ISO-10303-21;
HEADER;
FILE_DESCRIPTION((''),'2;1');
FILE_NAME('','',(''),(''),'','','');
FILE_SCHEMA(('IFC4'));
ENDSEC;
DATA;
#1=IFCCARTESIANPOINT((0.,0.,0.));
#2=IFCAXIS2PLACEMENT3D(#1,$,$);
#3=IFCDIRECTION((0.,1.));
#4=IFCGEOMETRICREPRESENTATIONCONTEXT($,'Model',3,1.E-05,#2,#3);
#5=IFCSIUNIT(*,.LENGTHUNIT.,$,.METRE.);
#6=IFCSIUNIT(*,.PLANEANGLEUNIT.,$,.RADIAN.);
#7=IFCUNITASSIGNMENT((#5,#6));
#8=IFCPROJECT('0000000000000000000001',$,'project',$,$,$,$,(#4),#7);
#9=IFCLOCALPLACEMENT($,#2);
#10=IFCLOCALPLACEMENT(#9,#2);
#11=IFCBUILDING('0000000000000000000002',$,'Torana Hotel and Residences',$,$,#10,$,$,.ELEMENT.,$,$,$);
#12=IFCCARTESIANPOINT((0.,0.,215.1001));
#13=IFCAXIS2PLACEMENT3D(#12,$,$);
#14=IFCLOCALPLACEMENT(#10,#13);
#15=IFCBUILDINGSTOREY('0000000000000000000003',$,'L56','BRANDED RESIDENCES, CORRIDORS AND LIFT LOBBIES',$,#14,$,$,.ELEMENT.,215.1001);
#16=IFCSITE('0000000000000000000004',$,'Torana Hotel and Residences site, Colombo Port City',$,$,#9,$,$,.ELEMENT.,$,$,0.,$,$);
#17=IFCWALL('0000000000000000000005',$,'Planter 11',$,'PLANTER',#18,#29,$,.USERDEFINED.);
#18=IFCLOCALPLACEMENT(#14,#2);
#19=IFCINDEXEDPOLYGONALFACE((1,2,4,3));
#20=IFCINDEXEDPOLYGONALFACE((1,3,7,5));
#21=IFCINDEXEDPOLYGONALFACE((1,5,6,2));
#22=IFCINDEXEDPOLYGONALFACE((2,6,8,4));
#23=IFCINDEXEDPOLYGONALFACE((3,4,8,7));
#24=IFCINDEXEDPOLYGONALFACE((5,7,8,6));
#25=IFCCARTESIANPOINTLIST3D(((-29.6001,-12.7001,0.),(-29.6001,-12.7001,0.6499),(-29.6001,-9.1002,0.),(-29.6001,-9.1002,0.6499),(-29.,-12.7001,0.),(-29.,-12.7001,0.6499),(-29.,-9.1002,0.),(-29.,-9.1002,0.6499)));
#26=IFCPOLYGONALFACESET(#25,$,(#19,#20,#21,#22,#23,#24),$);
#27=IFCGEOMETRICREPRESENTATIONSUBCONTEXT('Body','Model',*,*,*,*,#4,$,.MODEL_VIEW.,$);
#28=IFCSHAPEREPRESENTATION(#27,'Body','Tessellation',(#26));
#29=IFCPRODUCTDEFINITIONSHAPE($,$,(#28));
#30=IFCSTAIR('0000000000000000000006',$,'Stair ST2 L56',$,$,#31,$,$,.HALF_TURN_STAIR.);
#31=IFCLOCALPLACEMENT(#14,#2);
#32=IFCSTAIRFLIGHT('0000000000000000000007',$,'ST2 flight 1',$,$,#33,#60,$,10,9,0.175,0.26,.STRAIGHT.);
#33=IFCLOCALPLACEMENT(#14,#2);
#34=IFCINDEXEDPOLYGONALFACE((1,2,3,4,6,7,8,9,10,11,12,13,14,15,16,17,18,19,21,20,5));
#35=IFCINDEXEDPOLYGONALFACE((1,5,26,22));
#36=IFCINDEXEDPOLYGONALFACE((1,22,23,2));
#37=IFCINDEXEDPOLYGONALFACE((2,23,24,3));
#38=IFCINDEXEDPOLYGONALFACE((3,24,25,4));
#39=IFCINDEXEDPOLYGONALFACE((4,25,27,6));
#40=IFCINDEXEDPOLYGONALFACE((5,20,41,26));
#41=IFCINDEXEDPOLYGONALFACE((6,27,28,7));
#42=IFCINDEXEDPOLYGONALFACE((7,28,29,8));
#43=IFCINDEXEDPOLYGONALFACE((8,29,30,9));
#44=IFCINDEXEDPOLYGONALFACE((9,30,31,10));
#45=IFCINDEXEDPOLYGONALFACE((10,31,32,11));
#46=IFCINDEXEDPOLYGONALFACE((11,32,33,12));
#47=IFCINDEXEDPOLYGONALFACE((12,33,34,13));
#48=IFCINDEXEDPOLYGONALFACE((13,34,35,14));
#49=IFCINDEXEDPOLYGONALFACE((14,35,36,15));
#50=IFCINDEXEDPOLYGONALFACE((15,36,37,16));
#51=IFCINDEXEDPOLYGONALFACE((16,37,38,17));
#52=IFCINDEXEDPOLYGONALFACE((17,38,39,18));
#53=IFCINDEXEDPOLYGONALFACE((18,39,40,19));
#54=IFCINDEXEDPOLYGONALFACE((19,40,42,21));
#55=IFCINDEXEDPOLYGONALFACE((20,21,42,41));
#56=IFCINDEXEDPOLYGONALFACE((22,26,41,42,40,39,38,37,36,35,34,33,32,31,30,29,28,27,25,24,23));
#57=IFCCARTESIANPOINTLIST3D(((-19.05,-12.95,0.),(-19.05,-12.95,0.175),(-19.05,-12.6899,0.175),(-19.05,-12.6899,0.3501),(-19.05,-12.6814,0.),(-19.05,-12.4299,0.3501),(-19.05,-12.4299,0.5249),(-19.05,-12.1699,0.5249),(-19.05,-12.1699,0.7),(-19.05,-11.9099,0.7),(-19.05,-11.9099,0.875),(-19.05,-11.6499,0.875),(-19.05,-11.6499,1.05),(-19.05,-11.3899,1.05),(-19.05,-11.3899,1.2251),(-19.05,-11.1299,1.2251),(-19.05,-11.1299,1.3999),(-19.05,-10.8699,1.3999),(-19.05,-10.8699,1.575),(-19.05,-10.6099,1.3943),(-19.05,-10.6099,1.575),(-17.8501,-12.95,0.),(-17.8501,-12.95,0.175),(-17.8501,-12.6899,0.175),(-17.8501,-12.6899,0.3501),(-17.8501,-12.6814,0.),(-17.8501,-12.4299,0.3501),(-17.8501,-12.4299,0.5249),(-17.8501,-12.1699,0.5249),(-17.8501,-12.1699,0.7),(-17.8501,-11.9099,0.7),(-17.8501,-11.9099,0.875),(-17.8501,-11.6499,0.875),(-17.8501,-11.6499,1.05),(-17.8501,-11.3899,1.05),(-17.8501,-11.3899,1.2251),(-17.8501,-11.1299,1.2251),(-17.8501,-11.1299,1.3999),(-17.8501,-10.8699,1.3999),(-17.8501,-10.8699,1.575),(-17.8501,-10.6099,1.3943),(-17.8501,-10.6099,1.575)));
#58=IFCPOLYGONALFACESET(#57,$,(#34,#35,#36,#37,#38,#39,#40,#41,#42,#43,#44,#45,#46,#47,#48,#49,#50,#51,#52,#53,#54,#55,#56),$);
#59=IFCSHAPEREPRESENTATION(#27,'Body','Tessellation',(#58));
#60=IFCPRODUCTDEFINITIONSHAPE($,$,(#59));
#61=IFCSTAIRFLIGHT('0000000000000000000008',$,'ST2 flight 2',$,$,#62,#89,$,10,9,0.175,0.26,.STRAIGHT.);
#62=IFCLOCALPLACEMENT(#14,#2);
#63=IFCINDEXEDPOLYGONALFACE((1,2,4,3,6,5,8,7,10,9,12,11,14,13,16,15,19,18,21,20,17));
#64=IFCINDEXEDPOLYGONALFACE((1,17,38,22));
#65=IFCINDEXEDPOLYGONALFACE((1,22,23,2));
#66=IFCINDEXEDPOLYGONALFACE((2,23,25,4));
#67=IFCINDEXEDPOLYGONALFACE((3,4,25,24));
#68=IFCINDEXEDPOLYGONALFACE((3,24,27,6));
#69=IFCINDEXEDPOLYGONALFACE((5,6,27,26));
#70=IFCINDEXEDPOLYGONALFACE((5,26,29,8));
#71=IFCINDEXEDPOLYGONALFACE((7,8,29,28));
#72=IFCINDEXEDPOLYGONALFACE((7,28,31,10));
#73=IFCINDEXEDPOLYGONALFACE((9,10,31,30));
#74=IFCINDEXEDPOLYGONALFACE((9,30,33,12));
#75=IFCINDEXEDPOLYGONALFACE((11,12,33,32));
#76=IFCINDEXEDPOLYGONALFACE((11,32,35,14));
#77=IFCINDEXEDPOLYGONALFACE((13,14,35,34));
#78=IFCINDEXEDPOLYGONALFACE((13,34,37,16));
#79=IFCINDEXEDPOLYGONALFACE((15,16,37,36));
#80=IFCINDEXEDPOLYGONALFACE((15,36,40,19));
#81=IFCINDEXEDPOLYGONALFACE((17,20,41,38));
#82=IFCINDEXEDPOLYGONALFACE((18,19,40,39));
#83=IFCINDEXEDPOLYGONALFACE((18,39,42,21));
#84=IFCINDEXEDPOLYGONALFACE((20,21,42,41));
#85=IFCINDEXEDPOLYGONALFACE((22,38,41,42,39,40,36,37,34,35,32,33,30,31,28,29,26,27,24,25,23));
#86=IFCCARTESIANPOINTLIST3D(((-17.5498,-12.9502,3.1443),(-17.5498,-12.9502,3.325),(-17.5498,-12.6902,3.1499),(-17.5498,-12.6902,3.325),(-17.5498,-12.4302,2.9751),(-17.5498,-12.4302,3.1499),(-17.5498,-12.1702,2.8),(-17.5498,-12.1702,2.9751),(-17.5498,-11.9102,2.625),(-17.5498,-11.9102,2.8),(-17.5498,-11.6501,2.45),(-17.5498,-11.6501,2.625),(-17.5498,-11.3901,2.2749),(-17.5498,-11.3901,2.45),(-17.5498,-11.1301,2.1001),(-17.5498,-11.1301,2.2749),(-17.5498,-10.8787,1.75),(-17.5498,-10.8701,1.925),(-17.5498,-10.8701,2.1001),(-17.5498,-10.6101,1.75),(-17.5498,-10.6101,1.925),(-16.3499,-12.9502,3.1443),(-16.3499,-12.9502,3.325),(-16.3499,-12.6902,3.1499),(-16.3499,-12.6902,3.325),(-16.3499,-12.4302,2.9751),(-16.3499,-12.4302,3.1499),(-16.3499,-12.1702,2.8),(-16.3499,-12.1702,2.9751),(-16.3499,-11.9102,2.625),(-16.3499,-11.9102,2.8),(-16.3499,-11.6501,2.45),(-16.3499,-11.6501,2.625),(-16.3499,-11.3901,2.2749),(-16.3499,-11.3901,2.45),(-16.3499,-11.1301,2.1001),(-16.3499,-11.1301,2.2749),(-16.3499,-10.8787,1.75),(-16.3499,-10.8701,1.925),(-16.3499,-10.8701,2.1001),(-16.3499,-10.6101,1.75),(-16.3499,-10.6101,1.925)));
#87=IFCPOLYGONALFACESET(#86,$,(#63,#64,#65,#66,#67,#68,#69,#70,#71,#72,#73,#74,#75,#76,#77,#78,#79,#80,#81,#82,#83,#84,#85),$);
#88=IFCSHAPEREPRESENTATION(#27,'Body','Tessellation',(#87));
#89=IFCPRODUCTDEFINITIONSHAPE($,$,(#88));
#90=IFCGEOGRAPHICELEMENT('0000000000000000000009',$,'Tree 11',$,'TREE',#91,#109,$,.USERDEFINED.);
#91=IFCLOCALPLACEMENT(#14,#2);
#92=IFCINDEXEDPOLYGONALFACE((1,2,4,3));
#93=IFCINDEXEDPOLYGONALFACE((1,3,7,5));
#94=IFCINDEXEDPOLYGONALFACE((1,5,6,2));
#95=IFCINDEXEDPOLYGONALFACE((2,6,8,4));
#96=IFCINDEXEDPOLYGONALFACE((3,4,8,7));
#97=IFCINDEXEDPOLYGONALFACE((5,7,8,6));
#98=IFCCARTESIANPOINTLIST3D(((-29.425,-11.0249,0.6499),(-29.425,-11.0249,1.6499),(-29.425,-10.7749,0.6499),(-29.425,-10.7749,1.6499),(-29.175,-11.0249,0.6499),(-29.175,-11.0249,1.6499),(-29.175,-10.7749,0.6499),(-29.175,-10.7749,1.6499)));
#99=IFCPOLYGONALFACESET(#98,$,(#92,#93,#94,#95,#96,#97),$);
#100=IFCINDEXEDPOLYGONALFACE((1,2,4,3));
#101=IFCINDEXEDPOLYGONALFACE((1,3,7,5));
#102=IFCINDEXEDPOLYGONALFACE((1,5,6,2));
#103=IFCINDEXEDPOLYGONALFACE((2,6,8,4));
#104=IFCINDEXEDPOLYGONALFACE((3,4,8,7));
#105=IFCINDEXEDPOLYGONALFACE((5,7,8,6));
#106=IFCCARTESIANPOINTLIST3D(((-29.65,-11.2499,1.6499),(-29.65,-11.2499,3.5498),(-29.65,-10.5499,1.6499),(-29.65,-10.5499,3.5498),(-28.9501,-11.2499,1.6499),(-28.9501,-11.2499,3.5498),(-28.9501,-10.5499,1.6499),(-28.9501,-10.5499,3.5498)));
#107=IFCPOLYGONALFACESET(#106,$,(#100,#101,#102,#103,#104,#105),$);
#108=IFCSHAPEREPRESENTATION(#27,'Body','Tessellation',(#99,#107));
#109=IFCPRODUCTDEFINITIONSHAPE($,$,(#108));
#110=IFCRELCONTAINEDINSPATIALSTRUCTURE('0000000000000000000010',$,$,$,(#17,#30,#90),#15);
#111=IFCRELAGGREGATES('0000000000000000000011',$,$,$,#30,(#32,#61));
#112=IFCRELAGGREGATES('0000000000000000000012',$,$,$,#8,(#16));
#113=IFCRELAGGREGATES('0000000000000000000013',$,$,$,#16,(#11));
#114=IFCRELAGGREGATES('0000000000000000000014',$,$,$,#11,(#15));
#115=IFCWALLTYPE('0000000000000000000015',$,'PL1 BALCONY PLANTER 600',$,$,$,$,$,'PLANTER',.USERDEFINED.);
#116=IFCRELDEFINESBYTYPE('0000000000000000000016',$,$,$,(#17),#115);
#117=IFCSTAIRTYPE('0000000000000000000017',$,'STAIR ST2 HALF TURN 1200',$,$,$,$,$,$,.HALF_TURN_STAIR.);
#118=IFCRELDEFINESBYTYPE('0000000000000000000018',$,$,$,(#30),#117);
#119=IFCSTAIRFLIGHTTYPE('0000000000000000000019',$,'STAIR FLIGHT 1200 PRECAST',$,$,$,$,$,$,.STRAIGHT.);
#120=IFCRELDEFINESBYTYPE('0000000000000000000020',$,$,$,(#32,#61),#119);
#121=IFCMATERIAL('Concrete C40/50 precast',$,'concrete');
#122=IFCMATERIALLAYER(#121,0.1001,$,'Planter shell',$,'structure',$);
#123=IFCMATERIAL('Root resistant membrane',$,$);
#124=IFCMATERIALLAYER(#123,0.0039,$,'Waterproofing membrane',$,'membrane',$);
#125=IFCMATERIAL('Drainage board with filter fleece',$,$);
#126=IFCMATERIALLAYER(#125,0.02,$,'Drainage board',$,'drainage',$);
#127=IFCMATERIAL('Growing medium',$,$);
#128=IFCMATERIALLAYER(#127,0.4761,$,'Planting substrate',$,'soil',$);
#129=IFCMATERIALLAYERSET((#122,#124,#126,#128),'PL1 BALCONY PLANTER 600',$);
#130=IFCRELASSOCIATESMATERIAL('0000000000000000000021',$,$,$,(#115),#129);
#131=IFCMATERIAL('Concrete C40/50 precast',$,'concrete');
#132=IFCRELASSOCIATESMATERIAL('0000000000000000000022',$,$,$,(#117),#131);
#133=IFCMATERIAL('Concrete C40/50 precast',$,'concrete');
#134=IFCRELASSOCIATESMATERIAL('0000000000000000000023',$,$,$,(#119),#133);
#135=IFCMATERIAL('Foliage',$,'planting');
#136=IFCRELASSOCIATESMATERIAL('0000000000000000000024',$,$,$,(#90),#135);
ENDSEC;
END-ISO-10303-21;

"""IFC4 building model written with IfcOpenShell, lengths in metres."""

from ifc_helpers import new_model, si_unit, direction, frame, frame_2d, origin, origin_2d, place, context, subcontext, project, spatial, polyline, rectangle, outline, extrude, material, layer, layer_set, type_object, element, aggregate, save


model = new_model("IFC4")

# Units and contexts
model_context = context("Model", 3, precision=1e-05, world=origin(), true_north=direction((0.0, 1.0)))
body_context = subcontext(model_context, "Body", "Model", "MODEL_VIEW")
ifc_project = project(units=[si_unit("LENGTHUNIT", "METRE"), si_unit("PLANEANGLEUNIT", "RADIAN")], contexts=[model_context])

# Site, building, storey
site_placement = place(None, origin())
site = spatial("IfcSite", under=ifc_project, at=site_placement, Name="Torana Hotel and Residences site, Colombo Port City", CompositionType="ELEMENT", RefElevation=0.0)
building_placement = place(site_placement, origin())
building = spatial("IfcBuilding", under=site, at=building_placement, Name="Torana Hotel and Residences", CompositionType="ELEMENT")
storey_placement = place(building_placement, frame((0.0, 0.0, 215.1001)))
storey = spatial("IfcBuildingStorey", under=building, at=storey_placement, Name="L56", Description="BRANDED RESIDENCES, CORRIDORS AND LIFT LOBBIES", CompositionType="ELEMENT", Elevation=215.1001)

# Wall
ifc_material_1 = material(Name="Concrete C40/50 precast", Category="concrete")
ifc_layer_1 = layer(ifc_material_1, 0.1001, Name="Planter shell", Category="structure")
ifc_material_2 = material(Name="Root resistant membrane")
ifc_layer_2 = layer(ifc_material_2, 0.0039, Name="Waterproofing membrane", Category="membrane")
ifc_material_3 = material(Name="Drainage board with filter fleece")
ifc_layer_3 = layer(ifc_material_3, 0.02, Name="Drainage board", Category="drainage")
ifc_material_4 = material(Name="Growing medium")
ifc_layer_4 = layer(ifc_material_4, 0.4761, Name="Planting substrate", Category="soil")
ifc_layer_set_1 = layer_set([ifc_layer_1, ifc_layer_2, ifc_layer_3, ifc_layer_4], Name="PL1 BALCONY PLANTER 600")
wall_type_1 = type_object("IfcWallType", Name="PL1 BALCONY PLANTER 600", ElementType="PLANTER", PredefinedType="USERDEFINED", material=ifc_layer_set_1)
wall_1_placement = place(storey_placement, frame((-29.3, -12.7, 0.0), z_axis=(0.0, 0.0, 1.0), x_axis=(0.0, 1.0, 0.0)))
element("IfcWall", 1, at=wall_1_placement, inside=storey, type_object=wall_type_1, Name="Planter 11", ObjectType="PLANTER", PredefinedType="USERDEFINED", context=body_context, shape_type="SweptSolid", body=[
    extrude(rectangle(XDim=3.5999, YDim=0.6001, at=frame_2d((1.7998, 0.0))), origin(), (0.0, 0.0, 1.0), 0.6499),
])

# Stair, stair flights
ifc_material_5 = material(Name="Concrete C40/50 precast", Category="concrete")
stair_type = type_object("IfcStairType", Name="STAIR ST2 HALF TURN 1200", PredefinedType="HALF_TURN_STAIR", material=ifc_material_5)
stair_placement = place(storey_placement, origin())
stair = element("IfcStair", 2, at=stair_placement, inside=storey, type_object=stair_type, Name="Stair ST2 L56", PredefinedType="HALF_TURN_STAIR")
ifc_material_6 = material(Name="Concrete C40/50 precast", Category="concrete")
stair_flight_type = type_object("IfcStairFlightType", Name="STAIR FLIGHT 1200 PRECAST", PredefinedType="STRAIGHT", material=ifc_material_6)
stair_flight_1_placement = place(storey_placement, frame((-18.45, -12.95, 0.0), z_axis=(0.0, 0.0, 1.0), x_axis=(0.0, 1.0, 0.0)))
stair_flight_1 = element("IfcStairFlight", 3, at=stair_flight_1_placement, type_object=stair_flight_type, Name="ST2 flight 1", NumberOfRisers=10, NumberOfTreads=9, PredefinedType="STRAIGHT", RiserHeight=0.175, TreadLength=0.26, context=body_context, shape_type="SweptSolid", body=[
    extrude(outline(polyline([(0.0, 0.0), (0.0, 0.175), (0.26, 0.175), (0.26, 0.3501), (0.52, 0.3501), (0.52, 0.5249), (0.78, 0.5249), (0.78, 0.7), (1.04, 0.7), (1.04, 0.875), (1.3, 0.875), (1.3, 1.05), (1.5601, 1.05), (1.5601, 1.2251), (1.8201, 1.2251), (1.8201, 1.3999), (2.0801, 1.3999), (2.0801, 1.575), (2.3401, 1.575), (2.3401, 1.75), (2.3401, 1.3943), (0.2686, 0.0), (0.0, 0.0)])), frame((0.0, 0.6001, 0.0), z_axis=(0.0, -1.0, 0.0), x_axis=(1.0, 0.0, 0.0)), (0.0, 0.0, 1.0), 1.2),
])
stair_flight_2_placement = place(storey_placement, frame((-16.95, -10.6101, 1.75), z_axis=(0.0, 0.0, 1.0), x_axis=(0.0, -1.0, 0.0)))
stair_flight_2 = element("IfcStairFlight", 4, at=stair_flight_2_placement, type_object=stair_flight_type, Name="ST2 flight 2", NumberOfRisers=10, NumberOfTreads=9, PredefinedType="STRAIGHT", RiserHeight=0.175, TreadLength=0.26, context=body_context, shape_type="SweptSolid", body=[
    extrude(outline(polyline([(0.0, 0.0), (0.0, 0.175), (0.26, 0.175), (0.26, 0.3501), (0.52, 0.3501), (0.52, 0.5249), (0.78, 0.5249), (0.78, 0.7), (1.04, 0.7), (1.04, 0.875), (1.3, 0.875), (1.3, 1.05), (1.5601, 1.05), (1.5601, 1.2251), (1.8201, 1.2251), (1.8201, 1.3999), (2.0801, 1.3999), (2.0801, 1.575), (2.3401, 1.575), (2.3401, 1.75), (2.3401, 1.3943), (0.2686, 0.0), (0.0, 0.0)])), frame((0.0, 0.6001, 0.0), z_axis=(0.0, -1.0, 0.0), x_axis=(1.0, 0.0, 0.0)), (0.0, 0.0, 1.0), 1.2),
])
aggregate(stair, [stair_flight_1, stair_flight_2])

# Geographic element
ifc_material_7 = material(Name="Foliage", Category="planting")
geographic_element_placement = place(storey_placement, frame((-29.3, -10.8999, 0.6499), z_axis=(0.0, 0.0, 1.0), x_axis=(1.0, 0.0, 0.0)))
element("IfcGeographicElement", 5, at=geographic_element_placement, inside=storey, material=ifc_material_7, Name="Tree 11", ObjectType="TREE", PredefinedType="USERDEFINED", context=body_context, shape_type="SweptSolid", body=[
    extrude(rectangle(XDim=0.25, YDim=0.25, at=origin_2d()), origin(), (0.0, 0.0, 1.0), 1.0),
    extrude(rectangle(XDim=0.7, YDim=0.7, at=origin_2d()), frame((0.0, 0.0, 1.0)), (0.0, 0.0, 1.0), 1.8999),
])

save(model, "model.ifc")
